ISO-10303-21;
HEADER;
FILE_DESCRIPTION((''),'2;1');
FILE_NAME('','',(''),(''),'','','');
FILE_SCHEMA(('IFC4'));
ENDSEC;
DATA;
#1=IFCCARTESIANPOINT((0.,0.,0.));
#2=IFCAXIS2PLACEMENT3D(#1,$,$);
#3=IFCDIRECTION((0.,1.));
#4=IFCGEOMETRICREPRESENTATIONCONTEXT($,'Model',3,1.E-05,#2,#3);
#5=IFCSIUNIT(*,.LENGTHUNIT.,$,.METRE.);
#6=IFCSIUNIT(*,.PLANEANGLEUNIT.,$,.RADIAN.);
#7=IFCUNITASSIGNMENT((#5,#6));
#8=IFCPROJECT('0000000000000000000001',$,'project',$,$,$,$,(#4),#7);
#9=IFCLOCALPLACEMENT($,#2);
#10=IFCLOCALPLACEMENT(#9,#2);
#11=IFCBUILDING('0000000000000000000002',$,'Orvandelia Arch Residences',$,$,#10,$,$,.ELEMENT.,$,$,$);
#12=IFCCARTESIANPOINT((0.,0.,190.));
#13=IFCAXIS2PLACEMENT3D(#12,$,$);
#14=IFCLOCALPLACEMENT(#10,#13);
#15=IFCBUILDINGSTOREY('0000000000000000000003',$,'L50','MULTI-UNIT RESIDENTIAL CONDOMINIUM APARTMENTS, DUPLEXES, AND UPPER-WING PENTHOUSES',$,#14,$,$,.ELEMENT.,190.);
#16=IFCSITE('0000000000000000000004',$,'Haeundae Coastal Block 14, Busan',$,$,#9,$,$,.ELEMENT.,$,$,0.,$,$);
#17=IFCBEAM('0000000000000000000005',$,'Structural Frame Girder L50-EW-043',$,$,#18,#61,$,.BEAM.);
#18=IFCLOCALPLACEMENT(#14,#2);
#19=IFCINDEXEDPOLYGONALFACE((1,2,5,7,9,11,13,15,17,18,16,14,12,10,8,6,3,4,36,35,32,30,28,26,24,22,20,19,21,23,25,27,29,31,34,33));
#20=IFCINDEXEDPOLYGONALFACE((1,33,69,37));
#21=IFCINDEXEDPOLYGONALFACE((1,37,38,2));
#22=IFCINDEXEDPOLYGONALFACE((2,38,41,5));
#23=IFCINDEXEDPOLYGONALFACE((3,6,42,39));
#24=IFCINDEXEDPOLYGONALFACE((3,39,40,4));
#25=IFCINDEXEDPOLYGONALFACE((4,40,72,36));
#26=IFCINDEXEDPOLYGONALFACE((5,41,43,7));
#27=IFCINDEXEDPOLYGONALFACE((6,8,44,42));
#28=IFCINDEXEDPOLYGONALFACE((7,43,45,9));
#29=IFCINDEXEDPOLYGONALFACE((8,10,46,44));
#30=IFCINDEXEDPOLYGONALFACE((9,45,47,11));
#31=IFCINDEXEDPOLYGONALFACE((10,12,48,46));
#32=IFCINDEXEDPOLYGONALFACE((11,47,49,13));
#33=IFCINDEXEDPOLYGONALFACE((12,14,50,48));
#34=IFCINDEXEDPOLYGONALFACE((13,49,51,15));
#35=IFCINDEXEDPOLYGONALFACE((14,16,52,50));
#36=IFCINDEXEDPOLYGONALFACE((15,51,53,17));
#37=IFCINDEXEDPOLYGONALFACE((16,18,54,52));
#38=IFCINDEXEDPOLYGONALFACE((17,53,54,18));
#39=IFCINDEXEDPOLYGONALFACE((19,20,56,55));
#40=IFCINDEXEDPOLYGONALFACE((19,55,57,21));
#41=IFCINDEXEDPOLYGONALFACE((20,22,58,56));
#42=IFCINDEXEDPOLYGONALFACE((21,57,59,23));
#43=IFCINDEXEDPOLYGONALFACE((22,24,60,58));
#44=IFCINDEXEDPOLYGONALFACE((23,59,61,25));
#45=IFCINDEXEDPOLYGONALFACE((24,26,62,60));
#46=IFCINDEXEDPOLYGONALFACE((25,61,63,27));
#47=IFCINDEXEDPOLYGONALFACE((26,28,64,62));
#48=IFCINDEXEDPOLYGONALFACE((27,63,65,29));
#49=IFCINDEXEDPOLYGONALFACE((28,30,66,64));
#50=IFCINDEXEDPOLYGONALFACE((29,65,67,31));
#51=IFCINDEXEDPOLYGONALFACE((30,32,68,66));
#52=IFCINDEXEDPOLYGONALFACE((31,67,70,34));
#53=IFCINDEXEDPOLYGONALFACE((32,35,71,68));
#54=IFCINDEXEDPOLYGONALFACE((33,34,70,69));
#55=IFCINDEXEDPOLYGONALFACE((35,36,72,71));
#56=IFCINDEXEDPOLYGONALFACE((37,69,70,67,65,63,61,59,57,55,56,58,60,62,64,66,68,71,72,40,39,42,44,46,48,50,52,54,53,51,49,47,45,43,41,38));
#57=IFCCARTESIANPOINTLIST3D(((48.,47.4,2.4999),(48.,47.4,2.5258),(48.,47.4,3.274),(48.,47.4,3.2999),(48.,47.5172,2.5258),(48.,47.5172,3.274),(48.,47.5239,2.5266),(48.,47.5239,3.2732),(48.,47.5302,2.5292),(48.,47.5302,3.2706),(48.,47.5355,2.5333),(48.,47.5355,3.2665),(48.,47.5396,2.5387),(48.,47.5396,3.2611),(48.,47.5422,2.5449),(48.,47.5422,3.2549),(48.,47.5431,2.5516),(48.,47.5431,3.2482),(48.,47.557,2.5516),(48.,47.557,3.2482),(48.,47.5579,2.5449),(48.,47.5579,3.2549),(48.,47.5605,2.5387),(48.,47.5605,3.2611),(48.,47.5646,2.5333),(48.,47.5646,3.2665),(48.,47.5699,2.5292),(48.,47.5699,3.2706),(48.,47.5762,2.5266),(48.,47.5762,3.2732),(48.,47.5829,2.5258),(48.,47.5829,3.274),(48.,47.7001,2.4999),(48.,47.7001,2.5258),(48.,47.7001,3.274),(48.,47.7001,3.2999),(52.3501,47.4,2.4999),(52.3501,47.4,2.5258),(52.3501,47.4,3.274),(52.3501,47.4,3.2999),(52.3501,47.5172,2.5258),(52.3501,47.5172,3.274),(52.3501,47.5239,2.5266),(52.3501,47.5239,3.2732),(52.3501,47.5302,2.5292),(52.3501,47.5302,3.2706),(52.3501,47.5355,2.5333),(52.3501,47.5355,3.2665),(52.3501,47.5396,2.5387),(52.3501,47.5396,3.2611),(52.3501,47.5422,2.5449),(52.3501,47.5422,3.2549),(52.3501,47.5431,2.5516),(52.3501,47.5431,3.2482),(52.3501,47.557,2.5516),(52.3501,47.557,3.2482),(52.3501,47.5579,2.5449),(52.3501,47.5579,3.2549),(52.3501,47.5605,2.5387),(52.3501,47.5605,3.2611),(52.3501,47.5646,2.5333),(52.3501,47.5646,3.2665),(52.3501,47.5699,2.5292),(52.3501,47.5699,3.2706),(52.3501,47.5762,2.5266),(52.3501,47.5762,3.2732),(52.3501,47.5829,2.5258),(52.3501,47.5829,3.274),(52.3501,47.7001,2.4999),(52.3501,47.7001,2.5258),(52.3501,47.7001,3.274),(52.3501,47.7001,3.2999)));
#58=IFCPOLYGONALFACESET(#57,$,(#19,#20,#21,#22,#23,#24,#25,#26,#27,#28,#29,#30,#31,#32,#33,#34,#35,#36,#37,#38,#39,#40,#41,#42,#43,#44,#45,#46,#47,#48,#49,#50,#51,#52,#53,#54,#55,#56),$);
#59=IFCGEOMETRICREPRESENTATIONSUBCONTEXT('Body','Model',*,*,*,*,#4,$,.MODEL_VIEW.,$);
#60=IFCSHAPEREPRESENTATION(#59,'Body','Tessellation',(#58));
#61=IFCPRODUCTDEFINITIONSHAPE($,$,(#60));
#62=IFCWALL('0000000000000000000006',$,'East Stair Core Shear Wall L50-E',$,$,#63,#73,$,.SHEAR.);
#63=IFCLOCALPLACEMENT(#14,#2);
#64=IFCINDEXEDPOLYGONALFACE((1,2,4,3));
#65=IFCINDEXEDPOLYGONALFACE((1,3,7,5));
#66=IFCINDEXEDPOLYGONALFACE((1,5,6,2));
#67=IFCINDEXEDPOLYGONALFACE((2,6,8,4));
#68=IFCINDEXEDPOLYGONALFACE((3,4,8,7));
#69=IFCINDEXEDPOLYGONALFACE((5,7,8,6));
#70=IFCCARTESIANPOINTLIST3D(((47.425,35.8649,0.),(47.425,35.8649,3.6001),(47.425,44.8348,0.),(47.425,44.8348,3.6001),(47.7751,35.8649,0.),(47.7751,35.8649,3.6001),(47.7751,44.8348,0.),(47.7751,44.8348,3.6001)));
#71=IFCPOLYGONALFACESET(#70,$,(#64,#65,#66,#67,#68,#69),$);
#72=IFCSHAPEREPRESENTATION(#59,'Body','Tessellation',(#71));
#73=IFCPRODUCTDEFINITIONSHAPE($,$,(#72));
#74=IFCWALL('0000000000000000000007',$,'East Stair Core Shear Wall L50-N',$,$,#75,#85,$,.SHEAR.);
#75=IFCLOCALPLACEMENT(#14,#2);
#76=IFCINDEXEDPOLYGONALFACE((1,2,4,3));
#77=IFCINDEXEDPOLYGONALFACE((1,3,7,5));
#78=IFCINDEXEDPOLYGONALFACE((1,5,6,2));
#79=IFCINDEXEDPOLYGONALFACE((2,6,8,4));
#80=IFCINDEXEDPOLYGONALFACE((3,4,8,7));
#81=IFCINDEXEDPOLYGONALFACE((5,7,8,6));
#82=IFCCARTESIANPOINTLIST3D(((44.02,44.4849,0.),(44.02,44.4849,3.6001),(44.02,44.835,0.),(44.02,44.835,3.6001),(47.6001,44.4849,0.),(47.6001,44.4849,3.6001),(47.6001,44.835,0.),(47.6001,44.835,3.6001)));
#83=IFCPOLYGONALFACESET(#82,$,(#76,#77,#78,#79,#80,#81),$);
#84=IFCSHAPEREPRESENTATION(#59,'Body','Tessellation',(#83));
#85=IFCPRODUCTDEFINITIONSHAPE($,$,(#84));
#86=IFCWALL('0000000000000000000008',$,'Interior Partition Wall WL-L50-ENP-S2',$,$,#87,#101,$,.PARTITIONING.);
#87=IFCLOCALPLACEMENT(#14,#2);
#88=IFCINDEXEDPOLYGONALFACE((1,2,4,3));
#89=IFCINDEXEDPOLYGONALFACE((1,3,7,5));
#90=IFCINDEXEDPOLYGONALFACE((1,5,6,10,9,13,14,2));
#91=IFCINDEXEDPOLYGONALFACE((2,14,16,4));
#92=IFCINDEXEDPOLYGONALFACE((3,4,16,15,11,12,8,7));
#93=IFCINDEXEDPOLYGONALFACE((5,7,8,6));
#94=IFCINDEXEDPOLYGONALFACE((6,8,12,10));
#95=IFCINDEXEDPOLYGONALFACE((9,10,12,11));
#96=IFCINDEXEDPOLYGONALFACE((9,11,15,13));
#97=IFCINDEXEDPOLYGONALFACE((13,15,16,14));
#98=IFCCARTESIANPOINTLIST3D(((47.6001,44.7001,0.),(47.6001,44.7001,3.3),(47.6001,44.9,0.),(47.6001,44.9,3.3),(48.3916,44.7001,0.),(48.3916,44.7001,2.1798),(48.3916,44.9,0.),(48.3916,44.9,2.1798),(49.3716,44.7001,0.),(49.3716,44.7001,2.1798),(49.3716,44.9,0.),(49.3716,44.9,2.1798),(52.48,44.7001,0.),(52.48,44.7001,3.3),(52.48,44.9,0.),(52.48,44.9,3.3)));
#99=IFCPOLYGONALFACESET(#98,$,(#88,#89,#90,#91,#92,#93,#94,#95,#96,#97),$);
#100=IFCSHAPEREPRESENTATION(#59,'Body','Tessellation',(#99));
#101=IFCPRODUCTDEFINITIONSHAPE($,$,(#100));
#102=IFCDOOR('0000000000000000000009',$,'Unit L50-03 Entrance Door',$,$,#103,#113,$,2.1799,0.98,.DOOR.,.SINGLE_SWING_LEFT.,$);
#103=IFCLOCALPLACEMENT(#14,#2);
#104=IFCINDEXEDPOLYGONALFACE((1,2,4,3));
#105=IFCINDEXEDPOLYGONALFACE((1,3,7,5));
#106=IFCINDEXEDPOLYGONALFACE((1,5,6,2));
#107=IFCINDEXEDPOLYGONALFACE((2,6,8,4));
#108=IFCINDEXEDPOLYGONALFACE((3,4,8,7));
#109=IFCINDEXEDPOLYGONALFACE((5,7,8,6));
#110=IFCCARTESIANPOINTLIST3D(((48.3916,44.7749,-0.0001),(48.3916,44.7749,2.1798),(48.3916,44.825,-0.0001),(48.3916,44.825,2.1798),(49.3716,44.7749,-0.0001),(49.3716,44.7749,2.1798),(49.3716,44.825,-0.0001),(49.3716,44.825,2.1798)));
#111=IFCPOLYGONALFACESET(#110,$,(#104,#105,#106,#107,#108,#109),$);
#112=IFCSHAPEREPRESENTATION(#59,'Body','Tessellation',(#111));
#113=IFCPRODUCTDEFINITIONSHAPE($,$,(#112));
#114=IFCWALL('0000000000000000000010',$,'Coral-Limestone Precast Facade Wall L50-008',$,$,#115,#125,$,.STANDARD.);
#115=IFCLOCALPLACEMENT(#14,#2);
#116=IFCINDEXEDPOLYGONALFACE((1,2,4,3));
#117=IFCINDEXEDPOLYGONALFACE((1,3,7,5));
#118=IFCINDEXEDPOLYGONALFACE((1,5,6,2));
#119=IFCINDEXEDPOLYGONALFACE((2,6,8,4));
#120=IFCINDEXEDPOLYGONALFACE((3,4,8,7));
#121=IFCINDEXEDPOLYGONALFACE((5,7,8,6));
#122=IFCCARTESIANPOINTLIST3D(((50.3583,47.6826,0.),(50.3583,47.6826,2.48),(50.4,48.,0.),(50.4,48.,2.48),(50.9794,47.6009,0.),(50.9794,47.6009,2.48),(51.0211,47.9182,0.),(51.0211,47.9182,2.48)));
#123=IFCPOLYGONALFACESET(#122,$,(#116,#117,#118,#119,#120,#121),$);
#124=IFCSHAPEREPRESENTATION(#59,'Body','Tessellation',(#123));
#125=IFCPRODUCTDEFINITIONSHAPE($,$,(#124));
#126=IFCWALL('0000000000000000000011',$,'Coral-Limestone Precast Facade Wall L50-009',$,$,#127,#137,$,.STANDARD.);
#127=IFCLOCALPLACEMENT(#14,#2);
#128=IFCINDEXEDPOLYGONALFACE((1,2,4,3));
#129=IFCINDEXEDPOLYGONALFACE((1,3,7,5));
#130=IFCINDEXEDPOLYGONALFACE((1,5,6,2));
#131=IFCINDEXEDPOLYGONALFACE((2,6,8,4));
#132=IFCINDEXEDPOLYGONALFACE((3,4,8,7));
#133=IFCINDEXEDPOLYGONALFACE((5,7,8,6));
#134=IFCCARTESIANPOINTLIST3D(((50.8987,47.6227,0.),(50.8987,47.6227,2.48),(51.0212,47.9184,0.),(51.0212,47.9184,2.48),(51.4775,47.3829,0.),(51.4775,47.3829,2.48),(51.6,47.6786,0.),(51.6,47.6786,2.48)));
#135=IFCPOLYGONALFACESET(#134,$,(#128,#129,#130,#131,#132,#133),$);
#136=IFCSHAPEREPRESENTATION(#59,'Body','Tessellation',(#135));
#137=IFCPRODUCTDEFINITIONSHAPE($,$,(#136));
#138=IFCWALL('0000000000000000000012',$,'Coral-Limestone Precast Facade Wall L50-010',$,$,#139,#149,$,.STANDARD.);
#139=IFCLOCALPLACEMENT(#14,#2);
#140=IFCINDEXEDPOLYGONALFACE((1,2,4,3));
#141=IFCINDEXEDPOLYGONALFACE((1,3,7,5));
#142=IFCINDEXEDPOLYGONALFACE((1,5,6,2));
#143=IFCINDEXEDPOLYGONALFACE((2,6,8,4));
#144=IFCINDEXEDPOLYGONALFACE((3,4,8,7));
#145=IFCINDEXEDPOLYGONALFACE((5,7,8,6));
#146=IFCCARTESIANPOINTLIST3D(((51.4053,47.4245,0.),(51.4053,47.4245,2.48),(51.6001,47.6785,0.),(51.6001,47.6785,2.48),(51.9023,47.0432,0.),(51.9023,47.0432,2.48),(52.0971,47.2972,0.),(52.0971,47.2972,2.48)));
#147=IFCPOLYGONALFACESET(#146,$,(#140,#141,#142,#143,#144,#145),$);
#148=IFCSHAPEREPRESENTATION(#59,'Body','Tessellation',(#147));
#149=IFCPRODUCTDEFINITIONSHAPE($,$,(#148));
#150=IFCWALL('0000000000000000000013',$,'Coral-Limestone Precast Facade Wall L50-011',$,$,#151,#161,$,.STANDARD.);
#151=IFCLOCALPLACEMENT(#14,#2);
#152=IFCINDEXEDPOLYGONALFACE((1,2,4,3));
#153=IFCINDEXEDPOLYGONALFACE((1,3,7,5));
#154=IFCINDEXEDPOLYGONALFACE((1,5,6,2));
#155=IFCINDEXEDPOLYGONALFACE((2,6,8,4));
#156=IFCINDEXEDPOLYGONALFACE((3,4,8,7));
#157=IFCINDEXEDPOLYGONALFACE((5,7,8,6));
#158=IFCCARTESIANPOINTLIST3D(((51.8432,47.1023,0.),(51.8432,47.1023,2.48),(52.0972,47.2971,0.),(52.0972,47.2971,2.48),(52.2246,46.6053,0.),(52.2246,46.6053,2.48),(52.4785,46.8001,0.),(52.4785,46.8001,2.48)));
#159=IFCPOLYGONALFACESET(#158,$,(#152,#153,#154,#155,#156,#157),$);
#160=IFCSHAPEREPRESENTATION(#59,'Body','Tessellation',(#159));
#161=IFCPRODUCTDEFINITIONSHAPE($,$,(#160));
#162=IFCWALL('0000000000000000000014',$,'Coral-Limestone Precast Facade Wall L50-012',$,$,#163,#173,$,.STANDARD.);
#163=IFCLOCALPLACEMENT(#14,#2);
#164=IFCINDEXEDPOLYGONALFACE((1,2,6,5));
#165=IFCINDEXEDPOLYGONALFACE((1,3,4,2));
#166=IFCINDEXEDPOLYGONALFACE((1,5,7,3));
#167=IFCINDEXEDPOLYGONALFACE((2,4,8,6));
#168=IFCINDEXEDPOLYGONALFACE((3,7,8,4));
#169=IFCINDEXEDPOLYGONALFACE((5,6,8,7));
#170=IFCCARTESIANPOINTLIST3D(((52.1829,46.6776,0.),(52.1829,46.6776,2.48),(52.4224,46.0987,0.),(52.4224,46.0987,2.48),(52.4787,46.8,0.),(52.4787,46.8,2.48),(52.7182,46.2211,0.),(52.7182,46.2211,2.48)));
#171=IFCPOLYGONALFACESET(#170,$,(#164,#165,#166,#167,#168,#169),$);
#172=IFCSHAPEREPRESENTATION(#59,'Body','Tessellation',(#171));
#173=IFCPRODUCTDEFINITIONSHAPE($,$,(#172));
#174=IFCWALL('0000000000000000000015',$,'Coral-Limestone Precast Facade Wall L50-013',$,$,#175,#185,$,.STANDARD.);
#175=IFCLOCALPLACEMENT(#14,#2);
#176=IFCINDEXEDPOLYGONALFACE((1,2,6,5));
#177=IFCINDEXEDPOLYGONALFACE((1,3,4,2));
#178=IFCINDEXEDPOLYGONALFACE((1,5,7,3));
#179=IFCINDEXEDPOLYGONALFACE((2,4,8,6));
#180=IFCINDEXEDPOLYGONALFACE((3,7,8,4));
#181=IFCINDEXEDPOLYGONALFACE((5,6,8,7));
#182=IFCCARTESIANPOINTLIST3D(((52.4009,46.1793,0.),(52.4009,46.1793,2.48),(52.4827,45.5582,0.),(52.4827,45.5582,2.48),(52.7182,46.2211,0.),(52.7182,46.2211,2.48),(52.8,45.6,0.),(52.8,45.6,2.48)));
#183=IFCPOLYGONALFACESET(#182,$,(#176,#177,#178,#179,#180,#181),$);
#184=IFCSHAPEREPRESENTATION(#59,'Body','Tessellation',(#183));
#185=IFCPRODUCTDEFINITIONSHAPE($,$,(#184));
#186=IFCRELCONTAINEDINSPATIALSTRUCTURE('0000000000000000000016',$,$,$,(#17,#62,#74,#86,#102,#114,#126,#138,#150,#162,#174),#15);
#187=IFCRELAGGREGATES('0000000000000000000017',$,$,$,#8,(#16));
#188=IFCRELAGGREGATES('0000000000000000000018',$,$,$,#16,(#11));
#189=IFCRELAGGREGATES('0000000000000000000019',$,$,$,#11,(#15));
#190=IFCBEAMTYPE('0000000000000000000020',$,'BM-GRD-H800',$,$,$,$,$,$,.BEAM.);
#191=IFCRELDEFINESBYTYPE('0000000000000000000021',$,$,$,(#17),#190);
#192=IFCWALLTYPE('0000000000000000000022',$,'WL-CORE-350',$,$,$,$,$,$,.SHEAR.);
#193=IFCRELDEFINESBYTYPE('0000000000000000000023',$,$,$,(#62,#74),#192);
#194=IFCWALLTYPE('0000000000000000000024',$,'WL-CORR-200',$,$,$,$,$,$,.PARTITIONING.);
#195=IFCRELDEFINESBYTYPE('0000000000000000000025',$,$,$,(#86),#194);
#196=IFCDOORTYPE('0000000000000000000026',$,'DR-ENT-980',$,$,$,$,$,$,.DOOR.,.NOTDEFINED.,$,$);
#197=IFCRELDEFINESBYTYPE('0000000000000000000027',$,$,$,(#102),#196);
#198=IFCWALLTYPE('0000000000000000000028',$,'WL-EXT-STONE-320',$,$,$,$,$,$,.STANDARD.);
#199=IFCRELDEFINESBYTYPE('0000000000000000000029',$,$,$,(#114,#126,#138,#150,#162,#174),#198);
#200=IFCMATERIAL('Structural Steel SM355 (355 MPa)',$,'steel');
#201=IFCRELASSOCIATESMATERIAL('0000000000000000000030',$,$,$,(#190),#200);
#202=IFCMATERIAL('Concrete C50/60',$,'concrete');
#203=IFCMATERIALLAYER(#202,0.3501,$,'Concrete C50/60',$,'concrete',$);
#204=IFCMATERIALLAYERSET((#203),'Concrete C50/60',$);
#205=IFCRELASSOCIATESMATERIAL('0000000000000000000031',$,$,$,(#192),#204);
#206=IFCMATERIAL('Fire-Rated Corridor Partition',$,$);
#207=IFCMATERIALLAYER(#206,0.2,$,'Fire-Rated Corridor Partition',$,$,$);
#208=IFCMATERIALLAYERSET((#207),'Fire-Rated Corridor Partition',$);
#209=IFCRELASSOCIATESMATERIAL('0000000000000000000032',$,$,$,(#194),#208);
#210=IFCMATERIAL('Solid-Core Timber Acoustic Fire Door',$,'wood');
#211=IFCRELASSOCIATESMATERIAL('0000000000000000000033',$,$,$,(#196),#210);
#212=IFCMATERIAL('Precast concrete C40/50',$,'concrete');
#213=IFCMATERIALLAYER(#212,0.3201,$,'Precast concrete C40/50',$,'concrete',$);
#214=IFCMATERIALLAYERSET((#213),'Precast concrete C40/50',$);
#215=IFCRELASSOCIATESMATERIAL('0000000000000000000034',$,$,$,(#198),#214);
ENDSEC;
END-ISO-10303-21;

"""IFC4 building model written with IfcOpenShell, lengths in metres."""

from ifc_helpers import new_model, si_unit, direction, frame, frame_2d, origin, origin_2d, place, context, subcontext, project, spatial, rectangle, i_section, extrude, material, layer, layer_set, material_profile, profile_set, type_object, element, fill, save


model = new_model("IFC4")

# Units and contexts
model_context = context("Model", 3, precision=1e-05, world=origin(), true_north=direction((0.0, 1.0)))
body_context = subcontext(model_context, "Body", "Model", "MODEL_VIEW")
ifc_project = project(units=[si_unit("LENGTHUNIT", "METRE"), si_unit("PLANEANGLEUNIT", "RADIAN")], contexts=[model_context])

# Site, building, storey
site_placement = place(None, origin())
site = spatial("IfcSite", under=ifc_project, at=site_placement, Name="Haeundae Coastal Block 14, Busan", CompositionType="ELEMENT", RefElevation=0.0)
building_placement = place(site_placement, origin())
building = spatial("IfcBuilding", under=site, at=building_placement, Name="Orvandelia Arch Residences", CompositionType="ELEMENT")
storey_placement = place(building_placement, frame((0.0, 0.0, 190.0)))
storey = spatial("IfcBuildingStorey", under=building, at=storey_placement, Name="L50", Description="MULTI-UNIT RESIDENTIAL CONDOMINIUM APARTMENTS, DUPLEXES, AND UPPER-WING PENTHOUSES", CompositionType="ELEMENT", Elevation=190.0)

# Beam
ifc_material_1 = material(Name="Structural Steel SM355 (355 MPa)", Category="steel")
ifc_material_profile_1 = material_profile(ifc_material_1, i_section(OverallWidth=0.3, OverallDepth=0.8, WebThickness=0.0139, FlangeThickness=0.0259, FilletRadius=0.0259, at=origin_2d()), Name="Structural Steel SM355 (355 MPa)", Category="steel")
ifc_profile_set_1 = profile_set([ifc_material_profile_1], Name="Structural Steel SM355 (355 MPa)")
beam_type = type_object("IfcBeamType", Name="BM-GRD-H800", PredefinedType="BEAM", material=ifc_profile_set_1)
for number, where, z_axis, x_axis, name in (
    (1, (48.0, 47.55, 2.8999), (1.0, 0.0, 0.0), (0.0, 1.0, 0.0), "Structural Frame Girder L50-EW-043"),
):
    element("IfcBeam", number, at=place(storey_placement, frame(where, z_axis=z_axis, x_axis=x_axis)), inside=storey, type_object=beam_type, Name=name, PredefinedType="BEAM", context=body_context, shape_type="SweptSolid", body=[
        extrude(i_section(OverallWidth=0.3, OverallDepth=0.8, WebThickness=0.0139, FlangeThickness=0.0259, FilletRadius=0.0259, at=origin_2d()), origin(), (0.0, 0.0, 1.0), 4.3501),
    ])

# Walls
ifc_material_2 = material(Name="Concrete C50/60", Category="concrete")
ifc_layer_1 = layer(ifc_material_2, 0.3501, Name="Concrete C50/60", Category="concrete")
ifc_layer_set_1 = layer_set([ifc_layer_1], Name="Concrete C50/60")
wall_type_1 = type_object("IfcWallType", Name="WL-CORE-350", PredefinedType="SHEAR", material=ifc_layer_set_1)
wall_1_placement = place(storey_placement, frame((47.6001, 35.865, 0.0), z_axis=(0.0, 0.0, 1.0), x_axis=(0.0, 1.0, 0.0)))
element("IfcWall", 2, at=wall_1_placement, inside=storey, type_object=wall_type_1, Name="East Stair Core Shear Wall L50-E", PredefinedType="SHEAR", context=body_context, shape_type="SweptSolid", body=[
    extrude(rectangle(XDim=8.97, YDim=0.3501, at=frame_2d((4.4849, 0.0))), origin(), (0.0, 0.0, 1.0), 3.6001),
])
wall_2_placement = place(storey_placement, frame((44.02, 44.6599, 0.0), z_axis=(0.0, 0.0, 1.0), x_axis=(1.0, 0.0, 0.0)))
element("IfcWall", 3, at=wall_2_placement, inside=storey, type_object=wall_type_1, Name="East Stair Core Shear Wall L50-N", PredefinedType="SHEAR", context=body_context, shape_type="SweptSolid", body=[
    extrude(rectangle(XDim=3.5801, YDim=0.3501, at=frame_2d((1.79, 0.0))), origin(), (0.0, 0.0, 1.0), 3.6001),
])

# Wall, opening, door
ifc_material_3 = material(Name="Fire-Rated Corridor Partition")
ifc_layer_2 = layer(ifc_material_3, 0.2, Name="Fire-Rated Corridor Partition")
ifc_layer_set_2 = layer_set([ifc_layer_2], Name="Fire-Rated Corridor Partition")
wall_type_2 = type_object("IfcWallType", Name="WL-CORR-200", PredefinedType="PARTITIONING", material=ifc_layer_set_2)
wall_3_placement = place(storey_placement, frame((47.6001, 44.8, 0.0), z_axis=(0.0, 0.0, 1.0), x_axis=(1.0, 0.0, 0.0)))
wall_3 = element("IfcWall", 4, at=wall_3_placement, inside=storey, type_object=wall_type_2, Name="Interior Partition Wall WL-L50-ENP-S2", PredefinedType="PARTITIONING", context=body_context, shape_type="SweptSolid", body=[
    extrude(rectangle(XDim=4.8799, YDim=0.2, at=frame_2d((2.4399, 0.0))), origin(), (0.0, 0.0, 1.0), 3.3),
])
opening_1_placement = place(wall_3_placement, frame((0.7915, 0.0, 0.0)))
opening_1 = element("IfcOpeningElement", 5, at=opening_1_placement, cuts=wall_3, PredefinedType="OPENING", context=body_context, shape_type="SweptSolid", body=[
    extrude(rectangle(XDim=0.98, YDim=2.1799, at=frame_2d((0.49, 1.0898))), frame((0.0, 0.1099, 0.0), z_axis=(0.0, -1.0, 0.0), x_axis=(1.0, 0.0, 0.0)), (0.0, 0.0, 1.0), 0.22),
])
ifc_material_4 = material(Name="Solid-Core Timber Acoustic Fire Door", Category="wood")
door_type = type_object("IfcDoorType", Name="DR-ENT-980", OperationType="NOTDEFINED", PredefinedType="DOOR", material=ifc_material_4)
door_placement = place(opening_1_placement, origin())
door = element("IfcDoor", 6, at=door_placement, inside=storey, type_object=door_type, Name="Unit L50-03 Entrance Door", OperationType="SINGLE_SWING_LEFT", OverallHeight=2.1799, OverallWidth=0.98, PredefinedType="DOOR", context=body_context, shape_type="SweptSolid", body=[
    extrude(rectangle(XDim=0.98, YDim=2.1799, at=frame_2d((0.49, 1.0898))), frame((0.0, 0.0249, 0.0), z_axis=(0.0, -1.0, 0.0), x_axis=(1.0, 0.0, 0.0)), (0.0, 0.0, 1.0), 0.05),
])
fill(opening_1, door)

# Walls
ifc_material_5 = material(Name="Precast concrete C40/50", Category="concrete")
ifc_layer_3 = layer(ifc_material_5, 0.3201, Name="Precast concrete C40/50", Category="concrete")
ifc_layer_set_3 = layer_set([ifc_layer_3], Name="Precast concrete C40/50")
wall_type_3 = type_object("IfcWallType", Name="WL-EXT-STONE-320", PredefinedType="STANDARD", material=ifc_layer_set_3)
for number, where, z_axis, x_axis, name in (
    (7, (50.3792, 47.8413, 0.0), (0.0, 0.0, 1.0), (0.991441, -0.130555, 0.0), "Coral-Limestone Precast Facade Wall L50-008"),
    (8, (50.96, 47.7705, 0.0), (0.0, 0.0, 1.0), (0.923893, -0.38265, 0.0), "Coral-Limestone Precast Facade Wall L50-009"),
    (9, (51.5027, 47.5515, 0.0), (0.0, 0.0, 1.0), (0.793406, -0.608693, 0.0), "Coral-Limestone Precast Facade Wall L50-010"),
    (10, (51.9702, 47.1997, 0.0), (0.0, 0.0, 1.0), (0.608693, -0.793406, 0.0), "Coral-Limestone Precast Facade Wall L50-011"),
    (11, (52.3308, 46.7388, 0.0), (0.0, 0.0, 1.0), (0.382317, -0.924031, 0.0), "Coral-Limestone Precast Facade Wall L50-012"),
    (12, (52.5596, 46.2002, 0.0), (0.0, 0.0, 1.0), (0.130555, -0.991441, 0.0), "Coral-Limestone Precast Facade Wall L50-013"),
):
    element("IfcWall", number, at=place(storey_placement, frame(where, z_axis=z_axis, x_axis=x_axis)), inside=storey, type_object=wall_type_3, Name=name, PredefinedType="STANDARD", context=body_context, shape_type="SweptSolid", body=[
        extrude(rectangle(XDim=0.6265, YDim=0.3201, at=frame_2d((0.3132, 0.0))), origin(), (0.0, 0.0, 1.0), 2.48),
    ])

save(model, "model.ifc")
